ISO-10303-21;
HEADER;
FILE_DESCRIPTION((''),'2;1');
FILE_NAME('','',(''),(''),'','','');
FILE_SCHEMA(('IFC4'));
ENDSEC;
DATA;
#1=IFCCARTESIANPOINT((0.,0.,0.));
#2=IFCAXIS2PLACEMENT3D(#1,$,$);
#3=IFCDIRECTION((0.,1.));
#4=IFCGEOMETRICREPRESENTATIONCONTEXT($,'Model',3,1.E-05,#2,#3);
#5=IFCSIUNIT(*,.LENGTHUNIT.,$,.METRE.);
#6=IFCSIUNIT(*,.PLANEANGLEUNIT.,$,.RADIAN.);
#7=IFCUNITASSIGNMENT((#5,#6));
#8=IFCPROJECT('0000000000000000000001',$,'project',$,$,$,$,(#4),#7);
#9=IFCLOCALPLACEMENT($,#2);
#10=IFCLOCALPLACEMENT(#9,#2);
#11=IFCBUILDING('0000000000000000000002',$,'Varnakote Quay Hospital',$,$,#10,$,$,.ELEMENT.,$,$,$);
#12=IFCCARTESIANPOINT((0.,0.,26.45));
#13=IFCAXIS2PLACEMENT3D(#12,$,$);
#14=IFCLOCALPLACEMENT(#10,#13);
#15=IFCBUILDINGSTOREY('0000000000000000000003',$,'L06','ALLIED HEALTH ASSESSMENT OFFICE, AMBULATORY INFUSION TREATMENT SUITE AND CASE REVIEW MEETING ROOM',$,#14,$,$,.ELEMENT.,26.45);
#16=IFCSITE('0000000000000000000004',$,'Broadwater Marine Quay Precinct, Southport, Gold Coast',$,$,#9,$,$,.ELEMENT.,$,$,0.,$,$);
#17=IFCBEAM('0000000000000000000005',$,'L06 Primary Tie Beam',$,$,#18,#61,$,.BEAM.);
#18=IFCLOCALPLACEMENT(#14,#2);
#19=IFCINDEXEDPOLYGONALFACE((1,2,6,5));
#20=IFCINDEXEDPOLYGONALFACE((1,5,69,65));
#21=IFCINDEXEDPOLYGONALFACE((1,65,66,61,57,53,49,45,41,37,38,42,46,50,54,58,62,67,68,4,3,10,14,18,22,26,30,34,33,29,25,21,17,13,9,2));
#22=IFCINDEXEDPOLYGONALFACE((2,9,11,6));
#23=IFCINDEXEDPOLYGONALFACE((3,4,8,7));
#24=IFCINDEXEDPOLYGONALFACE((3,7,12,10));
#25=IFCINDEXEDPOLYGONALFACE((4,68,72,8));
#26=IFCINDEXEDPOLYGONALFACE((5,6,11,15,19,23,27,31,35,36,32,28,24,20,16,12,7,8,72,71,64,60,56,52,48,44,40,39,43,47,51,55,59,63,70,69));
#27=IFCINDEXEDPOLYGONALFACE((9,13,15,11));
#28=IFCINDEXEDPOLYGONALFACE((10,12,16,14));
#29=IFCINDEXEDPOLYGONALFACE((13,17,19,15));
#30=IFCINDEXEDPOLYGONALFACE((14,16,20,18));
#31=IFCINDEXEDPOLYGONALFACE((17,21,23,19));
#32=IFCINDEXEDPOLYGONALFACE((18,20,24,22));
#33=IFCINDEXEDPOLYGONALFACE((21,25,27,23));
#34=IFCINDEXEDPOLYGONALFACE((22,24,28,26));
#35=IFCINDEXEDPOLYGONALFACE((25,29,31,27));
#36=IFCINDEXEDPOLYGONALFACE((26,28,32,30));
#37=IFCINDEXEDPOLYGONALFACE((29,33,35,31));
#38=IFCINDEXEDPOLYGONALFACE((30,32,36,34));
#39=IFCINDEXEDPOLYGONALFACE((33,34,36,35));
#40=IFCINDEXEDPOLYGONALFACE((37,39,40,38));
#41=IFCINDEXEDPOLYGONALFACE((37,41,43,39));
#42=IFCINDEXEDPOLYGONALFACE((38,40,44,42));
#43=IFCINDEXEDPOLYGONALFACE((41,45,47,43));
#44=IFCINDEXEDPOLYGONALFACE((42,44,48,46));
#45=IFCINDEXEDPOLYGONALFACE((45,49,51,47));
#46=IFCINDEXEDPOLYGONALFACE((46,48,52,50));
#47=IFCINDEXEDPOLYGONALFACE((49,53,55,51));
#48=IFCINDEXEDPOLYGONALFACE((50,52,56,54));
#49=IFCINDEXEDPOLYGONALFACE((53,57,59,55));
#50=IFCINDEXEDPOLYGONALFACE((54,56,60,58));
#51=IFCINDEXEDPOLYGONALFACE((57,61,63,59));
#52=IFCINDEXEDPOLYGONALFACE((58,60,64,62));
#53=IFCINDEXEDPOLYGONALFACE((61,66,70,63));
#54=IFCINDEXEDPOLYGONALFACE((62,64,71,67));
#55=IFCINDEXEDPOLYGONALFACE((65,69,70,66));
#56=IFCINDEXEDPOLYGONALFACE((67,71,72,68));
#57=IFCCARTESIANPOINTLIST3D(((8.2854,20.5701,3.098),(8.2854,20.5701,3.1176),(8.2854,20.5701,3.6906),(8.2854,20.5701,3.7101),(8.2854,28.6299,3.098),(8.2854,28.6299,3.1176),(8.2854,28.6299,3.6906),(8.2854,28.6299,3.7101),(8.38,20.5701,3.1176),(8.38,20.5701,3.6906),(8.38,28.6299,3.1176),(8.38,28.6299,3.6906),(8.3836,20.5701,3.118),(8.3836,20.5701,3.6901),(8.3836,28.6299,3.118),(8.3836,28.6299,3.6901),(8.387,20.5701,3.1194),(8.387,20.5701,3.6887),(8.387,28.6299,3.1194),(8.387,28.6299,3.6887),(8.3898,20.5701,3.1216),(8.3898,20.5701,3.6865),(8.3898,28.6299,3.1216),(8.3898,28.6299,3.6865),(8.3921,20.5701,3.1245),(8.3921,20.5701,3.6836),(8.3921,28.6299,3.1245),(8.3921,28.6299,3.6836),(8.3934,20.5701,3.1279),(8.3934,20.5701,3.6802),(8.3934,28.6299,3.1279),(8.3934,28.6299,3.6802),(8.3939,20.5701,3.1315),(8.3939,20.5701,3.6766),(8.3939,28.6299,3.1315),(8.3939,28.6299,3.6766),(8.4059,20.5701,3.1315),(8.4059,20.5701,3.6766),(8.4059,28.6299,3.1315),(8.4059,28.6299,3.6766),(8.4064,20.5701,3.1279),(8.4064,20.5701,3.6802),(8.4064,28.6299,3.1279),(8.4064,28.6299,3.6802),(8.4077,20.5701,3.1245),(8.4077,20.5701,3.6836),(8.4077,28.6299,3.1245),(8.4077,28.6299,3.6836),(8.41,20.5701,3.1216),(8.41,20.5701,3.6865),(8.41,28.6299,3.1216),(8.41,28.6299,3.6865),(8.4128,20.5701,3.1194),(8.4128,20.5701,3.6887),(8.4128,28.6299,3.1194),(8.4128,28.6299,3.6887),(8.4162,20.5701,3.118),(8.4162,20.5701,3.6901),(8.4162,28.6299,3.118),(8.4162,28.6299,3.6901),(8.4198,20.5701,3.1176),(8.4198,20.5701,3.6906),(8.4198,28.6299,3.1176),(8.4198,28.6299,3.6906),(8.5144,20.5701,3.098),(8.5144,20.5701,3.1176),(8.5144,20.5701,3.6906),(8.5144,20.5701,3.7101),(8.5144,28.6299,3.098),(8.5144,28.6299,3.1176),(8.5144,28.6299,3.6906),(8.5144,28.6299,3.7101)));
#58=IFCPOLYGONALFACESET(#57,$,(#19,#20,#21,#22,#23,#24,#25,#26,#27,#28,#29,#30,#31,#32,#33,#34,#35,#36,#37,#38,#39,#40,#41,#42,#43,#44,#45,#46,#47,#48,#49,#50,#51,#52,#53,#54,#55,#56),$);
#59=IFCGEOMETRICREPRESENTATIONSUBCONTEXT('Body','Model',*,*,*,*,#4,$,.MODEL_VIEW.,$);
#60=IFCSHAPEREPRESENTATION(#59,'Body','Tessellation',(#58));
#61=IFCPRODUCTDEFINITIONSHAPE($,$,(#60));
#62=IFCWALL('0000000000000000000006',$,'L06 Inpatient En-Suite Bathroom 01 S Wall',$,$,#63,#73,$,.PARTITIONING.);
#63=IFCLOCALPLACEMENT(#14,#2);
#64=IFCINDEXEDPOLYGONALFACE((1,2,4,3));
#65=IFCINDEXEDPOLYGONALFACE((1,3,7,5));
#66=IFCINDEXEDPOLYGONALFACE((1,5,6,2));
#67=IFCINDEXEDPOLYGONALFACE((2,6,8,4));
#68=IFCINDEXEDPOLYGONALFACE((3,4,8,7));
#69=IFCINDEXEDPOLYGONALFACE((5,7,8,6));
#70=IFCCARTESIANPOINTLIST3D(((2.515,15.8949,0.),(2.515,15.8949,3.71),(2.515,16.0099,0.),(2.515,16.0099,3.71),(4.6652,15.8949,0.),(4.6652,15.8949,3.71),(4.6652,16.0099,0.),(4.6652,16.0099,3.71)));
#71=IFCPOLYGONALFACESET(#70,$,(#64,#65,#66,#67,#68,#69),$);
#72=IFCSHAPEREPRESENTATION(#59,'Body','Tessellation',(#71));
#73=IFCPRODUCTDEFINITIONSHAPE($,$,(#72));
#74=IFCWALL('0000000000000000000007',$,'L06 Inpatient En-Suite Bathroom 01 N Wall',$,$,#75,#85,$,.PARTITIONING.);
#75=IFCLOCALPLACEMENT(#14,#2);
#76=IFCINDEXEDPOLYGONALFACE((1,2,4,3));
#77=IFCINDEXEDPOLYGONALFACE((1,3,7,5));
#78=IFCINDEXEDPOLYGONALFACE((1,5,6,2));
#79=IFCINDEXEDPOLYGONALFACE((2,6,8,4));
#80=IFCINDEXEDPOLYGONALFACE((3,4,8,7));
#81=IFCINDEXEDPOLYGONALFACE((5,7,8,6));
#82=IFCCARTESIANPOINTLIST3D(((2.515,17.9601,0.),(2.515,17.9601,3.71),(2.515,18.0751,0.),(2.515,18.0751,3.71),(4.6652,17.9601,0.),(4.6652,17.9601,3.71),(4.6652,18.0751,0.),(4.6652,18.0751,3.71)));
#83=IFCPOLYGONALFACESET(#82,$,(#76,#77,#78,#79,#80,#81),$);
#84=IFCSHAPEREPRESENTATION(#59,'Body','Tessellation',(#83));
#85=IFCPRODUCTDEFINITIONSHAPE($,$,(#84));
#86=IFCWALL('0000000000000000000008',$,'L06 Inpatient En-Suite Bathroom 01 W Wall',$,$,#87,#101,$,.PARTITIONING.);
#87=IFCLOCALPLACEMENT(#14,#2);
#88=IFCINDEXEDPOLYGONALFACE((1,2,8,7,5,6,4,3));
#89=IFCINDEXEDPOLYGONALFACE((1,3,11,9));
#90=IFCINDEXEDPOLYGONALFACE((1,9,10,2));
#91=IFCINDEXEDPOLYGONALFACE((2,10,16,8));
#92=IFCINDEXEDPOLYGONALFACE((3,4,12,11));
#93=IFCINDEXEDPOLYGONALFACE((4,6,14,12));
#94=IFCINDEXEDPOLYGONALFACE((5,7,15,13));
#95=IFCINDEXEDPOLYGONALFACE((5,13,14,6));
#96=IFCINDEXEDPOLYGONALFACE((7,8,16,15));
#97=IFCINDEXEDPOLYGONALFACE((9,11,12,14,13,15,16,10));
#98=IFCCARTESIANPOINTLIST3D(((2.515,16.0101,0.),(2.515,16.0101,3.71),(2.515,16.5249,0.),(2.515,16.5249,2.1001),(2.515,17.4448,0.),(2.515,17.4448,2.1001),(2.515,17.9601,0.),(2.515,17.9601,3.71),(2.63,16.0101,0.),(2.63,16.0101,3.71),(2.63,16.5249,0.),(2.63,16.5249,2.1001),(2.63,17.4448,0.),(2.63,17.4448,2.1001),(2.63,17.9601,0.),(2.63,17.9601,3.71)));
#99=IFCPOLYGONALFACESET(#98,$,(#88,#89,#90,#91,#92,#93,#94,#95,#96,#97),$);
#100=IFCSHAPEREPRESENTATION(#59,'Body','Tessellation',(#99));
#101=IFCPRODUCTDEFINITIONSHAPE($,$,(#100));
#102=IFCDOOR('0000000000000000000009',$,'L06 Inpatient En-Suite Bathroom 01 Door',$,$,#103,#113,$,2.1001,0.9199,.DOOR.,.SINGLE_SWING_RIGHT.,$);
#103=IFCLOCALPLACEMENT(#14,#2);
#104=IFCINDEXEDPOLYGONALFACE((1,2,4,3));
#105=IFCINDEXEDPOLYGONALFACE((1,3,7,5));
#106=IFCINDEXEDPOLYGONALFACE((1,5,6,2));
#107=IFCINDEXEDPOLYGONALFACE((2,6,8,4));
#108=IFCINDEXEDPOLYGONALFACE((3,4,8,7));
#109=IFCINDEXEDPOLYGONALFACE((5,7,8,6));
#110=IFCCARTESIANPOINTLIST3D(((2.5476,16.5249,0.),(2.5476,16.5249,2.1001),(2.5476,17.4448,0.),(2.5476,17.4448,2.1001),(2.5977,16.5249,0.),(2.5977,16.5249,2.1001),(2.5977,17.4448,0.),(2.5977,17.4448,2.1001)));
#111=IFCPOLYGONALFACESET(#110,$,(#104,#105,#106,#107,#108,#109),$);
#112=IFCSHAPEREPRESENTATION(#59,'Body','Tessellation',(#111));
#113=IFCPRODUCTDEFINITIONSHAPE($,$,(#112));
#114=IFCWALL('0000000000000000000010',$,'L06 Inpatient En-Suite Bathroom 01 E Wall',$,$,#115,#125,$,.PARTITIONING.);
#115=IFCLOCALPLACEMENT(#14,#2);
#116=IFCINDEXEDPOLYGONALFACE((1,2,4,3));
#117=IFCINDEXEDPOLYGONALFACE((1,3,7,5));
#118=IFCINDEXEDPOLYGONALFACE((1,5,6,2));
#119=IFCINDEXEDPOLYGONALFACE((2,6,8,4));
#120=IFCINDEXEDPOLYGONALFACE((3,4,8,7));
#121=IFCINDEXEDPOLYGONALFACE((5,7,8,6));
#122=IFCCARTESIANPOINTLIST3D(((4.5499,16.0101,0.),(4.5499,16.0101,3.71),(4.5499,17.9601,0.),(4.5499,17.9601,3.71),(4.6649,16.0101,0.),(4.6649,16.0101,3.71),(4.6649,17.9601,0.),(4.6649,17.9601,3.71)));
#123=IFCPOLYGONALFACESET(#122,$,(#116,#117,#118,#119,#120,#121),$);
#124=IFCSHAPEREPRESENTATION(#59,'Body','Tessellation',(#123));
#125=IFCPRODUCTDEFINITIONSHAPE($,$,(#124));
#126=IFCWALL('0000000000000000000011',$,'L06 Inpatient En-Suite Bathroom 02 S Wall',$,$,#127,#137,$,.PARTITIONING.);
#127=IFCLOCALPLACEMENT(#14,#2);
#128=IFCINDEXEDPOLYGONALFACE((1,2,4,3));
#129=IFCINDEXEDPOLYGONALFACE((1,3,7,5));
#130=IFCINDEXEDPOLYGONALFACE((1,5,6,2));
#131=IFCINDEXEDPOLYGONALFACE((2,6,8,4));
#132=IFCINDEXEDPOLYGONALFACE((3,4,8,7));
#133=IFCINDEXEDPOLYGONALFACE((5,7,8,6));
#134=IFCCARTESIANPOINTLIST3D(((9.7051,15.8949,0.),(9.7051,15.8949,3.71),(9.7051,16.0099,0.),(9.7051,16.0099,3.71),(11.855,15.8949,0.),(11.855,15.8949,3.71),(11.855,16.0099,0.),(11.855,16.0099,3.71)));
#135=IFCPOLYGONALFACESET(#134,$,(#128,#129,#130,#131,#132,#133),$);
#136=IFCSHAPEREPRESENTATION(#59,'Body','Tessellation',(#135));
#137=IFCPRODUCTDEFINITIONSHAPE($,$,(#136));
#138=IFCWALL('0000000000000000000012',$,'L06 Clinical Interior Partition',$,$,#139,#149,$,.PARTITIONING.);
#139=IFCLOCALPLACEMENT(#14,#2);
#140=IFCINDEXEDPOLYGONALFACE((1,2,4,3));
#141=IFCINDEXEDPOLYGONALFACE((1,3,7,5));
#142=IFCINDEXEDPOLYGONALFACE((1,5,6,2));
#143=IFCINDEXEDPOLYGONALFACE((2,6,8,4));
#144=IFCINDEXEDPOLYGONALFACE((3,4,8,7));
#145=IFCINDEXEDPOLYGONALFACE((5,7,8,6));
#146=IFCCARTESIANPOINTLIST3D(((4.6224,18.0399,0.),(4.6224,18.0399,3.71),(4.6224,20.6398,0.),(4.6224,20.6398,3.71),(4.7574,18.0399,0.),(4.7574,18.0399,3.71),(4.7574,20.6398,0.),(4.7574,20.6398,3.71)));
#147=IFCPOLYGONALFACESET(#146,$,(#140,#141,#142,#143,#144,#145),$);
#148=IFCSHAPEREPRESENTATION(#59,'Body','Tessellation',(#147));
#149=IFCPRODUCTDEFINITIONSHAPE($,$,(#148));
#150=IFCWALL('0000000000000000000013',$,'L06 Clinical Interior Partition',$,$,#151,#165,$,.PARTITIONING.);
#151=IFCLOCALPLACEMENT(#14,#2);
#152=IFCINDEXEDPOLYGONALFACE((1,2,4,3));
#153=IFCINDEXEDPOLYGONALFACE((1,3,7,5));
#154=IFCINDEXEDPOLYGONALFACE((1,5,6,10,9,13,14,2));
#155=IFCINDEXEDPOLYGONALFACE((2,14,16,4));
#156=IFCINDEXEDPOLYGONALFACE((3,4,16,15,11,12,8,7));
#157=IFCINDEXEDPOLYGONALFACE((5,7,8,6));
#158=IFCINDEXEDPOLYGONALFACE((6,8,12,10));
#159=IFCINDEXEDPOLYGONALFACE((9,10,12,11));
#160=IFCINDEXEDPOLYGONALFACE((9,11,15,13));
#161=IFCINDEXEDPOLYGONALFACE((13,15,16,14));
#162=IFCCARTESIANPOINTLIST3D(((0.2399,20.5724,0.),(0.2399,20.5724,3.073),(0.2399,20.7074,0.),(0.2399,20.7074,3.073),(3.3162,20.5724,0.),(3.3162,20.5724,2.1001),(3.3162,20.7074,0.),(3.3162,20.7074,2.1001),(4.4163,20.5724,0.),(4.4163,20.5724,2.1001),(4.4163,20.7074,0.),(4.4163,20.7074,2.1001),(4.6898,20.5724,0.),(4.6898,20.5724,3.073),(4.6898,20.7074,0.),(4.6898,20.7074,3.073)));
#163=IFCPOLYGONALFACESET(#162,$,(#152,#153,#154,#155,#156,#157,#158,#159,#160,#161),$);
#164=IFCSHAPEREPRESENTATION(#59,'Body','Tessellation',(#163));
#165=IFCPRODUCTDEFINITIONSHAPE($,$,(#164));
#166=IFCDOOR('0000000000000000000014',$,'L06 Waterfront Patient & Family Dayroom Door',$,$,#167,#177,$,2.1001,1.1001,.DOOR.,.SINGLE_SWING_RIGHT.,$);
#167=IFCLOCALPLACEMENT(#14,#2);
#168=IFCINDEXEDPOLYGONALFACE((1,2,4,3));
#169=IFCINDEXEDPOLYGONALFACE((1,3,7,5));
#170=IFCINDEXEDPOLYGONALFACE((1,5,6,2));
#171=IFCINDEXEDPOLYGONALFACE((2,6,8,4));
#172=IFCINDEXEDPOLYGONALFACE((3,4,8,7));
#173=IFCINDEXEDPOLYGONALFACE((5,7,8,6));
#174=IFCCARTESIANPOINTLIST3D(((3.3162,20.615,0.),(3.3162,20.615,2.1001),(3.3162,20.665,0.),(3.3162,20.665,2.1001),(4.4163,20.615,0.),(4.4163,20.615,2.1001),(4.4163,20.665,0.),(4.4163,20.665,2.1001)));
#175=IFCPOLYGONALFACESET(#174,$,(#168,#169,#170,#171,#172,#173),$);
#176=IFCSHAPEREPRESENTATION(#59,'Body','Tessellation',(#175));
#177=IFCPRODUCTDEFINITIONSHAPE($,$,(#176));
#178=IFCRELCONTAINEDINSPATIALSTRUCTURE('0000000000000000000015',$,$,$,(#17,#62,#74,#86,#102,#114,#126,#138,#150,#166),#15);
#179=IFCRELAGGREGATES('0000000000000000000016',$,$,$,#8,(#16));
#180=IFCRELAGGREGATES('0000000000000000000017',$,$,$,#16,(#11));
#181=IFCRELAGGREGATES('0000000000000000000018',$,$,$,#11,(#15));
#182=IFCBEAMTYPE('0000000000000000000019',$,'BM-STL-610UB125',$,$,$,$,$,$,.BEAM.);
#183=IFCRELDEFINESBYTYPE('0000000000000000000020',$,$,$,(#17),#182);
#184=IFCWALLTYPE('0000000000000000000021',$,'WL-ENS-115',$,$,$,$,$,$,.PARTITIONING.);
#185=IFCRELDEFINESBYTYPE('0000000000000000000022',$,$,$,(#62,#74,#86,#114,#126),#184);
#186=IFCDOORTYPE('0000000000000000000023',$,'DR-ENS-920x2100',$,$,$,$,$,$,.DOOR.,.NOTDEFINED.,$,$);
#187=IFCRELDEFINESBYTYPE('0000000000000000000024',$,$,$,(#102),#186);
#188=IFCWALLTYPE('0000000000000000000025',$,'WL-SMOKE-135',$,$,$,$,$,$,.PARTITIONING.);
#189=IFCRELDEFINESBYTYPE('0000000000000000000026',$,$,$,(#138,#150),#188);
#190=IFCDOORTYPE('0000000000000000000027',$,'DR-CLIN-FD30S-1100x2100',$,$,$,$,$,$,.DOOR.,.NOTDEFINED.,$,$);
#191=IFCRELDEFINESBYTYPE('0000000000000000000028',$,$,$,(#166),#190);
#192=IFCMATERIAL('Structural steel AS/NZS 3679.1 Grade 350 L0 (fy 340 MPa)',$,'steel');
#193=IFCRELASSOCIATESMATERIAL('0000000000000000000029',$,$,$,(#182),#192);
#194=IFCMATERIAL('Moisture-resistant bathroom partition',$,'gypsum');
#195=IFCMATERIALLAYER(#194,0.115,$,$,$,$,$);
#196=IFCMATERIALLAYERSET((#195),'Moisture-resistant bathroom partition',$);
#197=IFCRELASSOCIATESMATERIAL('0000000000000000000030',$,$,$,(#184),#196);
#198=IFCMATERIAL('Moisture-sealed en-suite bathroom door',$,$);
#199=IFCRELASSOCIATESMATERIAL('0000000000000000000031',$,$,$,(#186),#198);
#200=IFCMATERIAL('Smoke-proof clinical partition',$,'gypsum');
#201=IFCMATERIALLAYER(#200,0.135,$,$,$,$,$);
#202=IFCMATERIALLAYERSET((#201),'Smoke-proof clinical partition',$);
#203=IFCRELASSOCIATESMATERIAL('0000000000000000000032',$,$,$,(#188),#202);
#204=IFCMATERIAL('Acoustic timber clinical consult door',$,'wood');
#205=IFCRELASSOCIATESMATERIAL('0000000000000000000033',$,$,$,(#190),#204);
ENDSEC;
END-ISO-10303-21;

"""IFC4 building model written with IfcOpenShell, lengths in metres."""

from ifc_helpers import new_model, si_unit, direction, frame, frame_2d, origin, origin_2d, place, context, subcontext, project, spatial, rectangle, i_section, extrude, material, layer, layer_set, material_profile, profile_set, type_object, element, fill, save


model = new_model("IFC4")

# Units and contexts
model_context = context("Model", 3, precision=1e-05, world=origin(), true_north=direction((0.0, 1.0)))
body_context = subcontext(model_context, "Body", "Model", "MODEL_VIEW")
ifc_project = project(units=[si_unit("LENGTHUNIT", "METRE"), si_unit("PLANEANGLEUNIT", "RADIAN")], contexts=[model_context])

# Site, building, storey
site_placement = place(None, origin())
site = spatial("IfcSite", under=ifc_project, at=site_placement, Name="Broadwater Marine Quay Precinct, Southport, Gold Coast", CompositionType="ELEMENT", RefElevation=0.0)
building_placement = place(site_placement, origin())
building = spatial("IfcBuilding", under=site, at=building_placement, Name="Varnakote Quay Hospital", CompositionType="ELEMENT")
storey_placement = place(building_placement, frame((0.0, 0.0, 26.45)))
storey = spatial("IfcBuildingStorey", under=building, at=storey_placement, Name="L06", Description="ALLIED HEALTH ASSESSMENT OFFICE, AMBULATORY INFUSION TREATMENT SUITE AND CASE REVIEW MEETING ROOM", CompositionType="ELEMENT", Elevation=26.45)

# Beam
ifc_material_1 = material(Name="Structural steel AS/NZS 3679.1 Grade 350 L0 (fy 340 MPa)", Category="steel")
ifc_material_profile_1 = material_profile(ifc_material_1, i_section(OverallWidth=0.229, OverallDepth=0.6121, WebThickness=0.012, FlangeThickness=0.0195, FilletRadius=0.0139, at=origin_2d()), Name="610UB125")
ifc_profile_set_1 = profile_set([ifc_material_profile_1], Name="Structural steel AS/NZS 3679.1 Grade 350 L0 (fy 340 MPa)")
beam_type = type_object("IfcBeamType", Name="BM-STL-610UB125", PredefinedType="BEAM", material=ifc_profile_set_1)
beam_1_placement = place(storey_placement, frame((8.3999, 20.5701, 3.4041), z_axis=(0.0, 1.0, 0.0), x_axis=(-1.0, 0.0, 0.0)))
element("IfcBeam", 1, at=beam_1_placement, inside=storey, type_object=beam_type, Name="L06 Primary Tie Beam", PredefinedType="BEAM", context=body_context, shape_type="SweptSolid", body=[
    extrude(i_section(OverallWidth=0.229, OverallDepth=0.6121, WebThickness=0.012, FlangeThickness=0.0195, FilletRadius=0.0139, at=origin_2d()), origin(), (0.0, 0.0, 1.0), 8.0598),
])

# Walls
ifc_material_2 = material(Name="Moisture-resistant bathroom partition", Category="gypsum")
ifc_layer_1 = layer(ifc_material_2, 0.115)
ifc_layer_set_1 = layer_set([ifc_layer_1], Name="Moisture-resistant bathroom partition")
wall_type_1 = type_object("IfcWallType", Name="WL-ENS-115", PredefinedType="PARTITIONING", material=ifc_layer_set_1)
for number, where, z_axis, x_axis, name in (
    (2, (2.5149, 15.9524, 0.0), (0.0, 0.0, 1.0), (1.0, 0.0, 0.0), "L06 Inpatient En-Suite Bathroom 01 S Wall"),
    (3, (2.5149, 18.0176, 0.0), (0.0, 0.0, 1.0), (1.0, 0.0, 0.0), "L06 Inpatient En-Suite Bathroom 01 N Wall"),
):
    element("IfcWall", number, at=place(storey_placement, frame(where, z_axis=z_axis, x_axis=x_axis)), inside=storey, type_object=wall_type_1, Name=name, PredefinedType="PARTITIONING", context=body_context, shape_type="SweptSolid", body=[
        extrude(rectangle(XDim=2.1501, YDim=0.115, at=frame_2d((1.0752, 0.0))), origin(), (0.0, 0.0, 1.0), 3.71),
    ])

# Wall, opening, door
wall_1_placement = place(storey_placement, frame((2.5725, 16.01, 0.0), z_axis=(0.0, 0.0, 1.0), x_axis=(0.0, 1.0, 0.0)))
wall_1 = element("IfcWall", 4, at=wall_1_placement, inside=storey, type_object=wall_type_1, Name="L06 Inpatient En-Suite Bathroom 01 W Wall", PredefinedType="PARTITIONING", context=body_context, shape_type="SweptSolid", body=[
    extrude(rectangle(XDim=1.95, YDim=0.115, at=frame_2d((0.9751, 0.0))), origin(), (0.0, 0.0, 1.0), 3.71),
])
opening_1_placement = place(wall_1_placement, frame((0.5149, 0.0, 0.0)))
opening_1 = element("IfcOpeningElement", 5, at=opening_1_placement, cuts=wall_1, PredefinedType="OPENING", context=body_context, shape_type="SweptSolid", body=[
    extrude(rectangle(XDim=0.9199, YDim=2.1001, at=frame_2d((0.46, 1.05))), frame((0.0, 0.0674, 0.0), z_axis=(0.0, -1.0, 0.0), x_axis=(1.0, 0.0, 0.0)), (0.0, 0.0, 1.0), 0.135),
])
ifc_material_3 = material(Name="Moisture-sealed en-suite bathroom door")
door_type_1 = type_object("IfcDoorType", Name="DR-ENS-920x2100", OperationType="NOTDEFINED", PredefinedType="DOOR", material=ifc_material_3)
door_1_placement = place(opening_1_placement, origin())
door_1 = element("IfcDoor", 6, at=door_1_placement, inside=storey, type_object=door_type_1, Name="L06 Inpatient En-Suite Bathroom 01 Door", OperationType="SINGLE_SWING_RIGHT", OverallHeight=2.1001, OverallWidth=0.9199, PredefinedType="DOOR", context=body_context, shape_type="SweptSolid", body=[
    extrude(rectangle(XDim=0.9199, YDim=2.1001, at=frame_2d((0.46, 1.05))), frame((0.0, 0.0249, 0.0), z_axis=(0.0, -1.0, 0.0), x_axis=(1.0, 0.0, 0.0)), (0.0, 0.0, 1.0), 0.05),
])
fill(opening_1, door_1)

# Walls
wall_2_placement = place(storey_placement, frame((4.6074, 16.01, 0.0), z_axis=(0.0, 0.0, 1.0), x_axis=(0.0, 1.0, 0.0)))
element("IfcWall", 7, at=wall_2_placement, inside=storey, type_object=wall_type_1, Name="L06 Inpatient En-Suite Bathroom 01 E Wall", PredefinedType="PARTITIONING", context=body_context, shape_type="SweptSolid", body=[
    extrude(rectangle(XDim=1.95, YDim=0.115, at=frame_2d((0.9751, 0.0))), origin(), (0.0, 0.0, 1.0), 3.71),
])
wall_3_placement = place(storey_placement, frame((9.7051, 15.9524, 0.0), z_axis=(0.0, 0.0, 1.0), x_axis=(1.0, 0.0, 0.0)))
element("IfcWall", 8, at=wall_3_placement, inside=storey, type_object=wall_type_1, Name="L06 Inpatient En-Suite Bathroom 02 S Wall", PredefinedType="PARTITIONING", context=body_context, shape_type="SweptSolid", body=[
    extrude(rectangle(XDim=2.1499, YDim=0.115, at=frame_2d((1.075, 0.0))), origin(), (0.0, 0.0, 1.0), 3.71),
])
ifc_material_4 = material(Name="Smoke-proof clinical partition", Category="gypsum")
ifc_layer_2 = layer(ifc_material_4, 0.135)
ifc_layer_set_2 = layer_set([ifc_layer_2], Name="Smoke-proof clinical partition")
wall_type_2 = type_object("IfcWallType", Name="WL-SMOKE-135", PredefinedType="PARTITIONING", material=ifc_layer_set_2)
wall_4_placement = place(storey_placement, frame((4.6899, 18.04, 0.0), z_axis=(0.0, 0.0, 1.0), x_axis=(0.0, 1.0, 0.0)))
element("IfcWall", 9, at=wall_4_placement, inside=storey, type_object=wall_type_2, Name="L06 Clinical Interior Partition", PredefinedType="PARTITIONING", context=body_context, shape_type="SweptSolid", body=[
    extrude(rectangle(XDim=2.5999, YDim=0.135, at=frame_2d((1.2998, 0.0))), origin(), (0.0, 0.0, 1.0), 3.71),
])

# Wall, opening, door
wall_5_placement = place(storey_placement, frame((4.6899, 20.6399, 0.0), z_axis=(0.0, 0.0, 1.0), x_axis=(-1.0, 0.0, 0.0)))
wall_5 = element("IfcWall", 10, at=wall_5_placement, inside=storey, type_object=wall_type_2, Name="L06 Clinical Interior Partition", PredefinedType="PARTITIONING", context=body_context, shape_type="SweptSolid", body=[
    extrude(rectangle(XDim=4.45, YDim=0.135, at=frame_2d((2.2251, 0.0))), origin(), (0.0, 0.0, 1.0), 3.073),
])
opening_2_placement = place(wall_5_placement, frame((0.2737, 0.0, 0.0)))
opening_2 = element("IfcOpeningElement", 11, at=opening_2_placement, cuts=wall_5, PredefinedType="OPENING", context=body_context, shape_type="SweptSolid", body=[
    extrude(rectangle(XDim=1.1001, YDim=2.1001, at=frame_2d((0.55, 1.05))), frame((0.0, 0.0774, 0.0), z_axis=(0.0, -1.0, 0.0), x_axis=(1.0, 0.0, 0.0)), (0.0, 0.0, 1.0), 0.155),
])
ifc_material_5 = material(Name="Acoustic timber clinical consult door", Category="wood")
door_type_2 = type_object("IfcDoorType", Name="DR-CLIN-FD30S-1100x2100", OperationType="NOTDEFINED", PredefinedType="DOOR", material=ifc_material_5)
door_2_placement = place(opening_2_placement, origin())
door_2 = element("IfcDoor", 12, at=door_2_placement, inside=storey, type_object=door_type_2, Name="L06 Waterfront Patient & Family Dayroom Door", OperationType="SINGLE_SWING_RIGHT", OverallHeight=2.1001, OverallWidth=1.1001, PredefinedType="DOOR", context=body_context, shape_type="SweptSolid", body=[
    extrude(rectangle(XDim=1.1001, YDim=2.1001, at=frame_2d((0.55, 1.05))), frame((0.0, 0.0249, 0.0), z_axis=(0.0, -1.0, 0.0), x_axis=(1.0, 0.0, 0.0)), (0.0, 0.0, 1.0), 0.05),
])
fill(opening_2, door_2)

save(model, "model.ifc")
